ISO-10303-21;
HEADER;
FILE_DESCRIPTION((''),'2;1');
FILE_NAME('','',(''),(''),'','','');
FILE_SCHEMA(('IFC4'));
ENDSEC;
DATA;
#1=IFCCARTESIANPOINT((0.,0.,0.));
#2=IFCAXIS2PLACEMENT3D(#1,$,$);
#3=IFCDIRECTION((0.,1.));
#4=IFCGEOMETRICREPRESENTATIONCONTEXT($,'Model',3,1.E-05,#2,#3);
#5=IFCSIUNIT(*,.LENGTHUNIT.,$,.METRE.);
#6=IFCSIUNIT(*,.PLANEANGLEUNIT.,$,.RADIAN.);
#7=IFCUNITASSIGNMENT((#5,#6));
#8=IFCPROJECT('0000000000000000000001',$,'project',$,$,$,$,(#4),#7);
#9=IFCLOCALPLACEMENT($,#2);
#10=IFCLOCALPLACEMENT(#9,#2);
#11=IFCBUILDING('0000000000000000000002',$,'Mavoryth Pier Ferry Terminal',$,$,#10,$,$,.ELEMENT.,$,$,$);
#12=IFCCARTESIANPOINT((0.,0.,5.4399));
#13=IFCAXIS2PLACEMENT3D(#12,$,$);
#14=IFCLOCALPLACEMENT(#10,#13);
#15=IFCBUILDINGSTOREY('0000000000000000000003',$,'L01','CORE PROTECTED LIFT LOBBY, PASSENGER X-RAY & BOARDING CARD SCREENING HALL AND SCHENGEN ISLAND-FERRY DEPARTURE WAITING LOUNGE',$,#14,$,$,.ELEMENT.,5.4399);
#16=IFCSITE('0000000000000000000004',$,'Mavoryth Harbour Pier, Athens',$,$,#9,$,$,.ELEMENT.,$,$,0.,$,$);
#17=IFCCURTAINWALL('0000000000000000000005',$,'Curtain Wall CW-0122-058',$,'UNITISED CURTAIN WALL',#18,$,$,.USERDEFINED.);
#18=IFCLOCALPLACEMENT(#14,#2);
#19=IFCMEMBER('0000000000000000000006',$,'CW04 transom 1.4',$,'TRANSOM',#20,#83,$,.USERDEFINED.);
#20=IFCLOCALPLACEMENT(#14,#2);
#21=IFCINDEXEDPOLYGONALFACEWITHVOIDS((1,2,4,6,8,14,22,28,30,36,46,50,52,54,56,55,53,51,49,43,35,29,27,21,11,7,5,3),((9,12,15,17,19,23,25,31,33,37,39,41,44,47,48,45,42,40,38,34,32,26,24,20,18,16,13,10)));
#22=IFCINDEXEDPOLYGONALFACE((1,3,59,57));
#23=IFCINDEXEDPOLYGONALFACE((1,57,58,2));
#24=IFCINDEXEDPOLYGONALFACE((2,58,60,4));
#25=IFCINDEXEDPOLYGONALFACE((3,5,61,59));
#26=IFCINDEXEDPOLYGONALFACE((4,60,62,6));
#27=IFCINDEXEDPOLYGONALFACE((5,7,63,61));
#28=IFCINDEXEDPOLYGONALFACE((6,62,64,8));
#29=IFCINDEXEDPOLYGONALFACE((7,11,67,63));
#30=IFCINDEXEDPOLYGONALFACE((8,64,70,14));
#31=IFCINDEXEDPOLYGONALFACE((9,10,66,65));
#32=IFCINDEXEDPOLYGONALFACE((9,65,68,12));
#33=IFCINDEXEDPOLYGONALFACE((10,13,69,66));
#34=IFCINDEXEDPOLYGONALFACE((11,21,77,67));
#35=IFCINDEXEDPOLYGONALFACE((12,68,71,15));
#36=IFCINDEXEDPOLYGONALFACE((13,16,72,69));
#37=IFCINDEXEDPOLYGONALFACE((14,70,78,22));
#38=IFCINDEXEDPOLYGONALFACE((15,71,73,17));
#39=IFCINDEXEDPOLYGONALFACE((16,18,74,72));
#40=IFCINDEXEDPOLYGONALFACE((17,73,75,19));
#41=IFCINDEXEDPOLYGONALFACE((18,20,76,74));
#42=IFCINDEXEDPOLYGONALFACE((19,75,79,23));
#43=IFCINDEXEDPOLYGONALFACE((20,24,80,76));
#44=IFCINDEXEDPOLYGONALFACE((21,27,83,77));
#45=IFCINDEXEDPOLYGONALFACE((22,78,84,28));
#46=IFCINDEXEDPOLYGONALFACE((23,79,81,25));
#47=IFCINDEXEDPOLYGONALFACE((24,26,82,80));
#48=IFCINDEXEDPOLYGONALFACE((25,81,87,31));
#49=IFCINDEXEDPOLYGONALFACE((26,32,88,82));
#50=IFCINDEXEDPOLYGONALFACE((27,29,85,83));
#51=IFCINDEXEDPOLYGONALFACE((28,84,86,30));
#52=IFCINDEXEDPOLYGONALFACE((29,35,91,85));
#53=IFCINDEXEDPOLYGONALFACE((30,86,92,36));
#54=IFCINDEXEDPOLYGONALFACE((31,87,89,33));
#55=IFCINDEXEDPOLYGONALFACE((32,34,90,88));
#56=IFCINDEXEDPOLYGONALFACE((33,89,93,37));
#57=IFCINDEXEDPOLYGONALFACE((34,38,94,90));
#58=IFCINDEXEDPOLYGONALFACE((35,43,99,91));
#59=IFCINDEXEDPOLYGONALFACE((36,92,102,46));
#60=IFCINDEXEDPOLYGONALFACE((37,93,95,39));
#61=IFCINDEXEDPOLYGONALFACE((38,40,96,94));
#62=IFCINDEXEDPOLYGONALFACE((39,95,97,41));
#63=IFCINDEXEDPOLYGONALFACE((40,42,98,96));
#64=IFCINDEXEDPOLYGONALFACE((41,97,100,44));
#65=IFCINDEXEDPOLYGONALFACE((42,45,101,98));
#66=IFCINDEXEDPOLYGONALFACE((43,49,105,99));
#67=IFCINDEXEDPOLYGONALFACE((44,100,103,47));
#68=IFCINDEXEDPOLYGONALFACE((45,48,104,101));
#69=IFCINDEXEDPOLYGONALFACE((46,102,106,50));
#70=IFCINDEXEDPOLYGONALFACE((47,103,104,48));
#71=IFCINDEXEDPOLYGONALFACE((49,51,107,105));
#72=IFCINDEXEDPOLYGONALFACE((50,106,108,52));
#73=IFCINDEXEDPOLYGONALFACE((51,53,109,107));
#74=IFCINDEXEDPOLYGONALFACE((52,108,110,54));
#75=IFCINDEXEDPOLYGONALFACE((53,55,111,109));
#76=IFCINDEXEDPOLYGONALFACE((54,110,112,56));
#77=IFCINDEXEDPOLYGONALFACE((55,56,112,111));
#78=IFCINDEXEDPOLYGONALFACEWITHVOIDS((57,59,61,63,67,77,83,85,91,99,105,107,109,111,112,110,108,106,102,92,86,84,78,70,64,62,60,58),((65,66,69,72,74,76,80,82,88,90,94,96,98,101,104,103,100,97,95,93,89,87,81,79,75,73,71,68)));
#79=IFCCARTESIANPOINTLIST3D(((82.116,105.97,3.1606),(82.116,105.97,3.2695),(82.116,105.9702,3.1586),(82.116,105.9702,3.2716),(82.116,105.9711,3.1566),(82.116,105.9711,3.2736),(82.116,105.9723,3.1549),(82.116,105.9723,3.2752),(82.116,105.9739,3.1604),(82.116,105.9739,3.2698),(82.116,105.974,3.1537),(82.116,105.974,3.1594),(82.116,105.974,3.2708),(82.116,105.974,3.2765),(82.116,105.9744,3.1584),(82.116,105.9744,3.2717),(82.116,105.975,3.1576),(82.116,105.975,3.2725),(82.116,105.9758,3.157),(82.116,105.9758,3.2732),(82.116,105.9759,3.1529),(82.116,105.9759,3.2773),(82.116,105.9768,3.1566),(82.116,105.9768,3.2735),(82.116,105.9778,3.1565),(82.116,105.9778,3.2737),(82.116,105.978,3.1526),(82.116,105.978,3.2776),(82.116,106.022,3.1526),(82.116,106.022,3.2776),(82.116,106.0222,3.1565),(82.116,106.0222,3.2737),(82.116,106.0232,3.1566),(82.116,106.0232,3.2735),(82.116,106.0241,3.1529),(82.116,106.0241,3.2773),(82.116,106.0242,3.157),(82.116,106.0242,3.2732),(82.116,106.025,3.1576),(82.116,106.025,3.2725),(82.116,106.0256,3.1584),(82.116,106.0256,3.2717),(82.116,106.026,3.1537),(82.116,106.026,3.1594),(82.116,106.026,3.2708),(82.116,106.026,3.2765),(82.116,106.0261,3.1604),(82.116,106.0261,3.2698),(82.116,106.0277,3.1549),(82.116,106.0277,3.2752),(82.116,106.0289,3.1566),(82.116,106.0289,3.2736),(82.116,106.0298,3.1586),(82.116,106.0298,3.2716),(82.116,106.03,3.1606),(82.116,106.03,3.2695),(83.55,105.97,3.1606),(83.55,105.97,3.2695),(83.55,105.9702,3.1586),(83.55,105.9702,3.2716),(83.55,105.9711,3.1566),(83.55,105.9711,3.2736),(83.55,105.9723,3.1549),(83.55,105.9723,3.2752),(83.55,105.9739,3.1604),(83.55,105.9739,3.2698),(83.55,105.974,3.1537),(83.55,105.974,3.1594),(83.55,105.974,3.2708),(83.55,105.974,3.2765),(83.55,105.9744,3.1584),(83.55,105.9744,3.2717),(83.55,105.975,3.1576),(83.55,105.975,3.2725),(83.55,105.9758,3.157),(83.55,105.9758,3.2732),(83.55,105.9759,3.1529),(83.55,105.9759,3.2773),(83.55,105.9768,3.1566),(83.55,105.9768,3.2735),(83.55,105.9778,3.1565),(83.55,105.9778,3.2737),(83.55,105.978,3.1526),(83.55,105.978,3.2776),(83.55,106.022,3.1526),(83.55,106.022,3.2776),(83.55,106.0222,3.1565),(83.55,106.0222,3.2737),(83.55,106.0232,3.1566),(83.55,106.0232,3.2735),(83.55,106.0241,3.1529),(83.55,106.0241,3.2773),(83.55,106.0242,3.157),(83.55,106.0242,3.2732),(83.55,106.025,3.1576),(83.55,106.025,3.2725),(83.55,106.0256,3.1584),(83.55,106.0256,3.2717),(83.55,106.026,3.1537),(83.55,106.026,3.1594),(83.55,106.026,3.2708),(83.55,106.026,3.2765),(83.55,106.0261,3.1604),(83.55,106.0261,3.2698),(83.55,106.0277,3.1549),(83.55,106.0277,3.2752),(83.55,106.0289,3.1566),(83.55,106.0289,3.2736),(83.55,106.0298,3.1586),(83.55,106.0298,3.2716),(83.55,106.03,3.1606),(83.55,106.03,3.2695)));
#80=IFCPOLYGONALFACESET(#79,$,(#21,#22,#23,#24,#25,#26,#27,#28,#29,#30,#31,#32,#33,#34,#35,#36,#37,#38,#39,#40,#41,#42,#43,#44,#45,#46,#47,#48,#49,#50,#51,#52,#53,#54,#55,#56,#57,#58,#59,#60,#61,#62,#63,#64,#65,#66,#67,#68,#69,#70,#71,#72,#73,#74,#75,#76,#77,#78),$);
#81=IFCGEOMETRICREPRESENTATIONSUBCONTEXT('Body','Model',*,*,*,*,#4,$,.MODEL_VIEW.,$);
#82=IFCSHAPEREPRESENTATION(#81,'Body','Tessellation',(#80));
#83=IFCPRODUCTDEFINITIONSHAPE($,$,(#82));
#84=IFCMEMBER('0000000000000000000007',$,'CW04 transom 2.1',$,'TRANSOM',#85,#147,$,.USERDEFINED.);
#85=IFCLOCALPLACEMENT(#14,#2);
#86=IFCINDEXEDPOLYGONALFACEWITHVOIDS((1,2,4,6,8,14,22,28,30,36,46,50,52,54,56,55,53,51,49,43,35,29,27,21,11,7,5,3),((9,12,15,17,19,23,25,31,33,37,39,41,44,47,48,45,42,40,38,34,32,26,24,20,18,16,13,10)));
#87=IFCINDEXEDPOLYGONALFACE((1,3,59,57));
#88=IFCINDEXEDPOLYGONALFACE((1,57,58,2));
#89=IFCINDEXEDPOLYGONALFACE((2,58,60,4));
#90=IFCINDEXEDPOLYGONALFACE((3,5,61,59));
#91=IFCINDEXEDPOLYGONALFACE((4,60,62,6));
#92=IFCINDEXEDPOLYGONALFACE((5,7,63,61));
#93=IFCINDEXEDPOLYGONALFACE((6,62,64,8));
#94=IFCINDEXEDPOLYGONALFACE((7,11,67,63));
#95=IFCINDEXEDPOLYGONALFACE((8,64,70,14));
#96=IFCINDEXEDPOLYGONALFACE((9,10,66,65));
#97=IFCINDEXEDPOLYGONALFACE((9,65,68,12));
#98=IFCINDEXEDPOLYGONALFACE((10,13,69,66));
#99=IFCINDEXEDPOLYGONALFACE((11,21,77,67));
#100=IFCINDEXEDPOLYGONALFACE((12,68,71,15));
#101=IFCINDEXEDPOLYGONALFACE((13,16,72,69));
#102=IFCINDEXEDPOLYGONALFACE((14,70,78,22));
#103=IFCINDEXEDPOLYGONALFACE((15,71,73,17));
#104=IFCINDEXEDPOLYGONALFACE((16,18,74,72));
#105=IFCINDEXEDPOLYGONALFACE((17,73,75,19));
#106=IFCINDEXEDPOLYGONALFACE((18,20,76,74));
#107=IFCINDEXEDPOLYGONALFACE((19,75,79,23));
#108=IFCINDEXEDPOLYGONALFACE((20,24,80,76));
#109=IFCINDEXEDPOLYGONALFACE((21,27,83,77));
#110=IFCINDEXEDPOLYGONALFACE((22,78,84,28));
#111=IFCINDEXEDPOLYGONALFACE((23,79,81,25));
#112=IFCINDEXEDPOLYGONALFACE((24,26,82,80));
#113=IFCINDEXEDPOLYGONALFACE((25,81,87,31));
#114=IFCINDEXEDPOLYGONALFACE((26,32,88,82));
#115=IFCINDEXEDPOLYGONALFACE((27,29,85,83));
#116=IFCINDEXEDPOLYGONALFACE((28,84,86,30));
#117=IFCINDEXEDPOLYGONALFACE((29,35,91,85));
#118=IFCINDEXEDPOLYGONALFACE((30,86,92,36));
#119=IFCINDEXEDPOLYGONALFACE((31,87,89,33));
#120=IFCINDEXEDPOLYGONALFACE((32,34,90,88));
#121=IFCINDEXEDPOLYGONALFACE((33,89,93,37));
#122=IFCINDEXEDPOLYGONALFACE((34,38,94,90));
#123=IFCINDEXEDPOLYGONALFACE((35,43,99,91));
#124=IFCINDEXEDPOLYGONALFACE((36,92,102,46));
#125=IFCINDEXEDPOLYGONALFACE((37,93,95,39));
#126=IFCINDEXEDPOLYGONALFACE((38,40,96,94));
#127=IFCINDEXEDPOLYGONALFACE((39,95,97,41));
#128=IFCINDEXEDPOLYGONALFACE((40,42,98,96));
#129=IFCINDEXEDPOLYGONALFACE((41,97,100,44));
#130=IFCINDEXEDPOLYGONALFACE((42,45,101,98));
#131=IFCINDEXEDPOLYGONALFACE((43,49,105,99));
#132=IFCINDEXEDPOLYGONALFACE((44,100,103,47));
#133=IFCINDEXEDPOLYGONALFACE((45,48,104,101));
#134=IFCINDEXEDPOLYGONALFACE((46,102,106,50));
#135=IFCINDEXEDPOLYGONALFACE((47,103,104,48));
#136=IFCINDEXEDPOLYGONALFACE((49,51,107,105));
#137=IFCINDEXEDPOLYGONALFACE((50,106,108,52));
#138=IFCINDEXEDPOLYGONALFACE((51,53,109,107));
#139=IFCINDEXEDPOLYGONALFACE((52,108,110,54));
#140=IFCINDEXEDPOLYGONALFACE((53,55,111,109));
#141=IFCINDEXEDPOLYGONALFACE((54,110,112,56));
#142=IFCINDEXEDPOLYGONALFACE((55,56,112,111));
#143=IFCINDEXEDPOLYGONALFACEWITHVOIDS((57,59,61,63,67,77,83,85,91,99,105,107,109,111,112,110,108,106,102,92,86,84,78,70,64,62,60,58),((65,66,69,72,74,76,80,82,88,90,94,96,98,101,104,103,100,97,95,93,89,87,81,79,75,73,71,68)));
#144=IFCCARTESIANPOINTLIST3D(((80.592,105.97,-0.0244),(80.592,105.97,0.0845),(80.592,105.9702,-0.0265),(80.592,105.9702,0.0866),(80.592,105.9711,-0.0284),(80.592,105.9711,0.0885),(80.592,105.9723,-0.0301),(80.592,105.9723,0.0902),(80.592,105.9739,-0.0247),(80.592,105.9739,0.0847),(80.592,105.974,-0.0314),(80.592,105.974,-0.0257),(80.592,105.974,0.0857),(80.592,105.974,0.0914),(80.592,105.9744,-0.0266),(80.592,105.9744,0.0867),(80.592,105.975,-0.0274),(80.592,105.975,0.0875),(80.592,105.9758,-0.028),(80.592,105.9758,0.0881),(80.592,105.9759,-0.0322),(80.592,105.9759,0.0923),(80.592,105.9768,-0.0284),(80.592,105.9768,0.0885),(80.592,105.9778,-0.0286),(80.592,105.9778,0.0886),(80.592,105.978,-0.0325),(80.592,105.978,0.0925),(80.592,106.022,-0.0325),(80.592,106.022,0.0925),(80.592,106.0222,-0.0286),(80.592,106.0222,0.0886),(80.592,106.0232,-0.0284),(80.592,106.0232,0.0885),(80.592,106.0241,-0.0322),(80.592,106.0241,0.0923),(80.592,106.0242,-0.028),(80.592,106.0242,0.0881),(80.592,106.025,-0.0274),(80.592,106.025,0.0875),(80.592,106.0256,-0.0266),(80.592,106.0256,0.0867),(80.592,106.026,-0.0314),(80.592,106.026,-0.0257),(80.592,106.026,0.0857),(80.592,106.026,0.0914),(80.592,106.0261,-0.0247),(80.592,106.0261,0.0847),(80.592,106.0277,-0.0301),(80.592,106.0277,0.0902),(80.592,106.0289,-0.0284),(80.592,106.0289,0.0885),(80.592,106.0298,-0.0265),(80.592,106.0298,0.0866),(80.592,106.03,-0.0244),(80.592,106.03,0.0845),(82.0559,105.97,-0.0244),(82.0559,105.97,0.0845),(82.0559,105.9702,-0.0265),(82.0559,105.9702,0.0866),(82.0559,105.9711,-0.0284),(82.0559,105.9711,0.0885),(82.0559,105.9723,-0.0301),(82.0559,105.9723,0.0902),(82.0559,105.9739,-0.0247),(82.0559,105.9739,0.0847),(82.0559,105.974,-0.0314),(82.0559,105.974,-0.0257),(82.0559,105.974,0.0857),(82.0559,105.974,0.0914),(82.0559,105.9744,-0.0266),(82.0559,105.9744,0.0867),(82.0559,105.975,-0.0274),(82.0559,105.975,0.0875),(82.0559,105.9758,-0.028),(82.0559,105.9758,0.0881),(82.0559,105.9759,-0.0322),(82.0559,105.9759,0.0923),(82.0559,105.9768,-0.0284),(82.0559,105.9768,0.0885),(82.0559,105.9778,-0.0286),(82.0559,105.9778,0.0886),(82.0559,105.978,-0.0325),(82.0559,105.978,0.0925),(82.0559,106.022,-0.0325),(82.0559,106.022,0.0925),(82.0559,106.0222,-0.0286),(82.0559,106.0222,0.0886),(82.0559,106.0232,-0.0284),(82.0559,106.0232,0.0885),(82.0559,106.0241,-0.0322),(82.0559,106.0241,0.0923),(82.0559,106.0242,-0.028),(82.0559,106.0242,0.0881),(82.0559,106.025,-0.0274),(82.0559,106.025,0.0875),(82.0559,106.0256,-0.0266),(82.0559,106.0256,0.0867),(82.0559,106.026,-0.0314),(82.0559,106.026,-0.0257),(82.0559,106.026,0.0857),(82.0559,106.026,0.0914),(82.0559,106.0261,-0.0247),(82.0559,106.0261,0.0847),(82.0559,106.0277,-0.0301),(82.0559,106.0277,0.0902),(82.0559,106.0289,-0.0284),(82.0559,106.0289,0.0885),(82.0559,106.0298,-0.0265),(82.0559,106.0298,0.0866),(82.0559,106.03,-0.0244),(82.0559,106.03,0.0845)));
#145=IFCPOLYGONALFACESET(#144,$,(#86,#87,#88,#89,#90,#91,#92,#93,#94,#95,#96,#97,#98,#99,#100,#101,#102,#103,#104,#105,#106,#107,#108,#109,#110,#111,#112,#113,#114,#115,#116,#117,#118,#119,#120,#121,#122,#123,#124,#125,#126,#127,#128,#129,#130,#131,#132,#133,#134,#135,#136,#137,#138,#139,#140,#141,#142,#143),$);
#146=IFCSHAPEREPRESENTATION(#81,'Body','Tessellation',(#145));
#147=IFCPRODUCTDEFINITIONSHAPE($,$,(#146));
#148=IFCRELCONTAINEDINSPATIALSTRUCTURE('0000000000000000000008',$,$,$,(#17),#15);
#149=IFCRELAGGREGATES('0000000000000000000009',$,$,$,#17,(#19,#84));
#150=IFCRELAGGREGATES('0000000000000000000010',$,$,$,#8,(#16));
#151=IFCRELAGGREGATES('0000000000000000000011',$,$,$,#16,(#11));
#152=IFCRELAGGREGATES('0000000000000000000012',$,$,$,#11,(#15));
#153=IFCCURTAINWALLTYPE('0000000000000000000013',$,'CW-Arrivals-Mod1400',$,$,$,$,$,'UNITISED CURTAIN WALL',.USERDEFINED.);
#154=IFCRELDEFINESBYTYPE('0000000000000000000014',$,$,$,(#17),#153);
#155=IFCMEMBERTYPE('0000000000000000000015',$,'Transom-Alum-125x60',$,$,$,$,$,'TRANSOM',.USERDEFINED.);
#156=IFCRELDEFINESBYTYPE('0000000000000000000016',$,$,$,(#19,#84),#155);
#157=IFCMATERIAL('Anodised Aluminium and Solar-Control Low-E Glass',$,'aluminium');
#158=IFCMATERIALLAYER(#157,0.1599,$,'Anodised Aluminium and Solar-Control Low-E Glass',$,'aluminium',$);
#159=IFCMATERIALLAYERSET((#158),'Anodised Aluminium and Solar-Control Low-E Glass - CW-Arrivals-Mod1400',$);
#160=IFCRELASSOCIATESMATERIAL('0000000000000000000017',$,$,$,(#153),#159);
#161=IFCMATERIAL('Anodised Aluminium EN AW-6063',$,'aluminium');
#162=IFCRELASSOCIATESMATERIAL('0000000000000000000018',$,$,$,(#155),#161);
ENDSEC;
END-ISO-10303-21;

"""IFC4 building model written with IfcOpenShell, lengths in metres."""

from ifc_helpers import new_model, si_unit, direction, frame, origin, origin_2d, place, context, subcontext, project, spatial, hollow_rectangle, extrude, material, layer, layer_set, material_profile, profile_set, type_object, element, aggregate, save


model = new_model("IFC4")

# Units and contexts
model_context = context("Model", 3, precision=1e-05, world=origin(), true_north=direction((0.0, 1.0)))
body_context = subcontext(model_context, "Body", "Model", "MODEL_VIEW")
ifc_project = project(units=[si_unit("LENGTHUNIT", "METRE"), si_unit("PLANEANGLEUNIT", "RADIAN")], contexts=[model_context])

# Site, building, storey
site_placement = place(None, origin())
site = spatial("IfcSite", under=ifc_project, at=site_placement, Name="Mavoryth Harbour Pier, Athens", CompositionType="ELEMENT", RefElevation=0.0)
building_placement = place(site_placement, origin())
building = spatial("IfcBuilding", under=site, at=building_placement, Name="Mavoryth Pier Ferry Terminal", CompositionType="ELEMENT")
storey_placement = place(building_placement, frame((0.0, 0.0, 5.4399)))
storey = spatial("IfcBuildingStorey", under=building, at=storey_placement, Name="L01", Description="CORE PROTECTED LIFT LOBBY, PASSENGER X-RAY & BOARDING CARD SCREENING HALL AND SCHENGEN ISLAND-FERRY DEPARTURE WAITING LOUNGE", CompositionType="ELEMENT", Elevation=5.4399)

# Curtain wall
ifc_material_1 = material(Name="Anodised Aluminium and Solar-Control Low-E Glass", Category="aluminium")
ifc_layer_1 = layer(ifc_material_1, 0.1599, Name="Anodised Aluminium and Solar-Control Low-E Glass", Category="aluminium")
ifc_layer_set_1 = layer_set([ifc_layer_1], Name="Anodised Aluminium and Solar-Control Low-E Glass - CW-Arrivals-Mod1400")
curtain_wall_type = type_object("IfcCurtainWallType", Name="CW-Arrivals-Mod1400", ElementType="UNITISED CURTAIN WALL", PredefinedType="USERDEFINED", material=ifc_layer_set_1)
curtain_wall_1_placement = place(storey_placement, origin())
curtain_wall_1 = element("IfcCurtainWall", 1, at=curtain_wall_1_placement, inside=storey, type_object=curtain_wall_type, Name="Curtain Wall CW-0122-058", ObjectType="UNITISED CURTAIN WALL", PredefinedType="USERDEFINED")
ifc_material_2 = material(Name="Anodised Aluminium EN AW-6063", Category="aluminium")

# Members
ifc_material_profile_1 = material_profile(ifc_material_2, hollow_rectangle(XDim=0.0601, YDim=0.125, WallThickness=0.0039, InnerFilletRadius=0.0039, OuterFilletRadius=0.0081, at=origin_2d()), Name="AL-TRAN 125x60x4", Category="aluminium")
ifc_profile_set_1 = profile_set([ifc_material_profile_1], Name="Anodised Aluminium EN AW-6063 - AL-TRAN 125x60x4")
member_type_1 = type_object("IfcMemberType", Name="Transom-Alum-125x60", ElementType="TRANSOM", PredefinedType="USERDEFINED", material=ifc_profile_set_1)
member_1_placement = place(storey_placement, frame((83.55, 106.0, 3.2151), z_axis=(-1.0, 0.0, 0.0), x_axis=(0.0, -1.0, 0.0)))
member_1 = element("IfcMember", 2, at=member_1_placement, type_object=member_type_1, Name="CW04 transom 1.4", ObjectType="TRANSOM", PredefinedType="USERDEFINED", context=body_context, shape_type="SweptSolid", body=[
    extrude(hollow_rectangle(XDim=0.0601, YDim=0.125, WallThickness=0.0039, InnerFilletRadius=0.0039, OuterFilletRadius=0.0081, at=origin_2d()), origin(), (0.0, 0.0, 1.0), 1.4341),
])
member_2_placement = place(storey_placement, frame((82.0559, 106.0, 0.03), z_axis=(-1.0, 0.0, 0.0), x_axis=(0.0, -1.0, 0.0)))
member_2 = element("IfcMember", 3, at=member_2_placement, type_object=member_type_1, Name="CW04 transom 2.1", ObjectType="TRANSOM", PredefinedType="USERDEFINED", context=body_context, shape_type="SweptSolid", body=[
    extrude(hollow_rectangle(XDim=0.0601, YDim=0.125, WallThickness=0.0039, InnerFilletRadius=0.0039, OuterFilletRadius=0.0081, at=origin_2d()), origin(), (0.0, 0.0, 1.0), 1.4639),
])

aggregate(curtain_wall_1, [member_1, member_2])

save(model, "model.ifc")
